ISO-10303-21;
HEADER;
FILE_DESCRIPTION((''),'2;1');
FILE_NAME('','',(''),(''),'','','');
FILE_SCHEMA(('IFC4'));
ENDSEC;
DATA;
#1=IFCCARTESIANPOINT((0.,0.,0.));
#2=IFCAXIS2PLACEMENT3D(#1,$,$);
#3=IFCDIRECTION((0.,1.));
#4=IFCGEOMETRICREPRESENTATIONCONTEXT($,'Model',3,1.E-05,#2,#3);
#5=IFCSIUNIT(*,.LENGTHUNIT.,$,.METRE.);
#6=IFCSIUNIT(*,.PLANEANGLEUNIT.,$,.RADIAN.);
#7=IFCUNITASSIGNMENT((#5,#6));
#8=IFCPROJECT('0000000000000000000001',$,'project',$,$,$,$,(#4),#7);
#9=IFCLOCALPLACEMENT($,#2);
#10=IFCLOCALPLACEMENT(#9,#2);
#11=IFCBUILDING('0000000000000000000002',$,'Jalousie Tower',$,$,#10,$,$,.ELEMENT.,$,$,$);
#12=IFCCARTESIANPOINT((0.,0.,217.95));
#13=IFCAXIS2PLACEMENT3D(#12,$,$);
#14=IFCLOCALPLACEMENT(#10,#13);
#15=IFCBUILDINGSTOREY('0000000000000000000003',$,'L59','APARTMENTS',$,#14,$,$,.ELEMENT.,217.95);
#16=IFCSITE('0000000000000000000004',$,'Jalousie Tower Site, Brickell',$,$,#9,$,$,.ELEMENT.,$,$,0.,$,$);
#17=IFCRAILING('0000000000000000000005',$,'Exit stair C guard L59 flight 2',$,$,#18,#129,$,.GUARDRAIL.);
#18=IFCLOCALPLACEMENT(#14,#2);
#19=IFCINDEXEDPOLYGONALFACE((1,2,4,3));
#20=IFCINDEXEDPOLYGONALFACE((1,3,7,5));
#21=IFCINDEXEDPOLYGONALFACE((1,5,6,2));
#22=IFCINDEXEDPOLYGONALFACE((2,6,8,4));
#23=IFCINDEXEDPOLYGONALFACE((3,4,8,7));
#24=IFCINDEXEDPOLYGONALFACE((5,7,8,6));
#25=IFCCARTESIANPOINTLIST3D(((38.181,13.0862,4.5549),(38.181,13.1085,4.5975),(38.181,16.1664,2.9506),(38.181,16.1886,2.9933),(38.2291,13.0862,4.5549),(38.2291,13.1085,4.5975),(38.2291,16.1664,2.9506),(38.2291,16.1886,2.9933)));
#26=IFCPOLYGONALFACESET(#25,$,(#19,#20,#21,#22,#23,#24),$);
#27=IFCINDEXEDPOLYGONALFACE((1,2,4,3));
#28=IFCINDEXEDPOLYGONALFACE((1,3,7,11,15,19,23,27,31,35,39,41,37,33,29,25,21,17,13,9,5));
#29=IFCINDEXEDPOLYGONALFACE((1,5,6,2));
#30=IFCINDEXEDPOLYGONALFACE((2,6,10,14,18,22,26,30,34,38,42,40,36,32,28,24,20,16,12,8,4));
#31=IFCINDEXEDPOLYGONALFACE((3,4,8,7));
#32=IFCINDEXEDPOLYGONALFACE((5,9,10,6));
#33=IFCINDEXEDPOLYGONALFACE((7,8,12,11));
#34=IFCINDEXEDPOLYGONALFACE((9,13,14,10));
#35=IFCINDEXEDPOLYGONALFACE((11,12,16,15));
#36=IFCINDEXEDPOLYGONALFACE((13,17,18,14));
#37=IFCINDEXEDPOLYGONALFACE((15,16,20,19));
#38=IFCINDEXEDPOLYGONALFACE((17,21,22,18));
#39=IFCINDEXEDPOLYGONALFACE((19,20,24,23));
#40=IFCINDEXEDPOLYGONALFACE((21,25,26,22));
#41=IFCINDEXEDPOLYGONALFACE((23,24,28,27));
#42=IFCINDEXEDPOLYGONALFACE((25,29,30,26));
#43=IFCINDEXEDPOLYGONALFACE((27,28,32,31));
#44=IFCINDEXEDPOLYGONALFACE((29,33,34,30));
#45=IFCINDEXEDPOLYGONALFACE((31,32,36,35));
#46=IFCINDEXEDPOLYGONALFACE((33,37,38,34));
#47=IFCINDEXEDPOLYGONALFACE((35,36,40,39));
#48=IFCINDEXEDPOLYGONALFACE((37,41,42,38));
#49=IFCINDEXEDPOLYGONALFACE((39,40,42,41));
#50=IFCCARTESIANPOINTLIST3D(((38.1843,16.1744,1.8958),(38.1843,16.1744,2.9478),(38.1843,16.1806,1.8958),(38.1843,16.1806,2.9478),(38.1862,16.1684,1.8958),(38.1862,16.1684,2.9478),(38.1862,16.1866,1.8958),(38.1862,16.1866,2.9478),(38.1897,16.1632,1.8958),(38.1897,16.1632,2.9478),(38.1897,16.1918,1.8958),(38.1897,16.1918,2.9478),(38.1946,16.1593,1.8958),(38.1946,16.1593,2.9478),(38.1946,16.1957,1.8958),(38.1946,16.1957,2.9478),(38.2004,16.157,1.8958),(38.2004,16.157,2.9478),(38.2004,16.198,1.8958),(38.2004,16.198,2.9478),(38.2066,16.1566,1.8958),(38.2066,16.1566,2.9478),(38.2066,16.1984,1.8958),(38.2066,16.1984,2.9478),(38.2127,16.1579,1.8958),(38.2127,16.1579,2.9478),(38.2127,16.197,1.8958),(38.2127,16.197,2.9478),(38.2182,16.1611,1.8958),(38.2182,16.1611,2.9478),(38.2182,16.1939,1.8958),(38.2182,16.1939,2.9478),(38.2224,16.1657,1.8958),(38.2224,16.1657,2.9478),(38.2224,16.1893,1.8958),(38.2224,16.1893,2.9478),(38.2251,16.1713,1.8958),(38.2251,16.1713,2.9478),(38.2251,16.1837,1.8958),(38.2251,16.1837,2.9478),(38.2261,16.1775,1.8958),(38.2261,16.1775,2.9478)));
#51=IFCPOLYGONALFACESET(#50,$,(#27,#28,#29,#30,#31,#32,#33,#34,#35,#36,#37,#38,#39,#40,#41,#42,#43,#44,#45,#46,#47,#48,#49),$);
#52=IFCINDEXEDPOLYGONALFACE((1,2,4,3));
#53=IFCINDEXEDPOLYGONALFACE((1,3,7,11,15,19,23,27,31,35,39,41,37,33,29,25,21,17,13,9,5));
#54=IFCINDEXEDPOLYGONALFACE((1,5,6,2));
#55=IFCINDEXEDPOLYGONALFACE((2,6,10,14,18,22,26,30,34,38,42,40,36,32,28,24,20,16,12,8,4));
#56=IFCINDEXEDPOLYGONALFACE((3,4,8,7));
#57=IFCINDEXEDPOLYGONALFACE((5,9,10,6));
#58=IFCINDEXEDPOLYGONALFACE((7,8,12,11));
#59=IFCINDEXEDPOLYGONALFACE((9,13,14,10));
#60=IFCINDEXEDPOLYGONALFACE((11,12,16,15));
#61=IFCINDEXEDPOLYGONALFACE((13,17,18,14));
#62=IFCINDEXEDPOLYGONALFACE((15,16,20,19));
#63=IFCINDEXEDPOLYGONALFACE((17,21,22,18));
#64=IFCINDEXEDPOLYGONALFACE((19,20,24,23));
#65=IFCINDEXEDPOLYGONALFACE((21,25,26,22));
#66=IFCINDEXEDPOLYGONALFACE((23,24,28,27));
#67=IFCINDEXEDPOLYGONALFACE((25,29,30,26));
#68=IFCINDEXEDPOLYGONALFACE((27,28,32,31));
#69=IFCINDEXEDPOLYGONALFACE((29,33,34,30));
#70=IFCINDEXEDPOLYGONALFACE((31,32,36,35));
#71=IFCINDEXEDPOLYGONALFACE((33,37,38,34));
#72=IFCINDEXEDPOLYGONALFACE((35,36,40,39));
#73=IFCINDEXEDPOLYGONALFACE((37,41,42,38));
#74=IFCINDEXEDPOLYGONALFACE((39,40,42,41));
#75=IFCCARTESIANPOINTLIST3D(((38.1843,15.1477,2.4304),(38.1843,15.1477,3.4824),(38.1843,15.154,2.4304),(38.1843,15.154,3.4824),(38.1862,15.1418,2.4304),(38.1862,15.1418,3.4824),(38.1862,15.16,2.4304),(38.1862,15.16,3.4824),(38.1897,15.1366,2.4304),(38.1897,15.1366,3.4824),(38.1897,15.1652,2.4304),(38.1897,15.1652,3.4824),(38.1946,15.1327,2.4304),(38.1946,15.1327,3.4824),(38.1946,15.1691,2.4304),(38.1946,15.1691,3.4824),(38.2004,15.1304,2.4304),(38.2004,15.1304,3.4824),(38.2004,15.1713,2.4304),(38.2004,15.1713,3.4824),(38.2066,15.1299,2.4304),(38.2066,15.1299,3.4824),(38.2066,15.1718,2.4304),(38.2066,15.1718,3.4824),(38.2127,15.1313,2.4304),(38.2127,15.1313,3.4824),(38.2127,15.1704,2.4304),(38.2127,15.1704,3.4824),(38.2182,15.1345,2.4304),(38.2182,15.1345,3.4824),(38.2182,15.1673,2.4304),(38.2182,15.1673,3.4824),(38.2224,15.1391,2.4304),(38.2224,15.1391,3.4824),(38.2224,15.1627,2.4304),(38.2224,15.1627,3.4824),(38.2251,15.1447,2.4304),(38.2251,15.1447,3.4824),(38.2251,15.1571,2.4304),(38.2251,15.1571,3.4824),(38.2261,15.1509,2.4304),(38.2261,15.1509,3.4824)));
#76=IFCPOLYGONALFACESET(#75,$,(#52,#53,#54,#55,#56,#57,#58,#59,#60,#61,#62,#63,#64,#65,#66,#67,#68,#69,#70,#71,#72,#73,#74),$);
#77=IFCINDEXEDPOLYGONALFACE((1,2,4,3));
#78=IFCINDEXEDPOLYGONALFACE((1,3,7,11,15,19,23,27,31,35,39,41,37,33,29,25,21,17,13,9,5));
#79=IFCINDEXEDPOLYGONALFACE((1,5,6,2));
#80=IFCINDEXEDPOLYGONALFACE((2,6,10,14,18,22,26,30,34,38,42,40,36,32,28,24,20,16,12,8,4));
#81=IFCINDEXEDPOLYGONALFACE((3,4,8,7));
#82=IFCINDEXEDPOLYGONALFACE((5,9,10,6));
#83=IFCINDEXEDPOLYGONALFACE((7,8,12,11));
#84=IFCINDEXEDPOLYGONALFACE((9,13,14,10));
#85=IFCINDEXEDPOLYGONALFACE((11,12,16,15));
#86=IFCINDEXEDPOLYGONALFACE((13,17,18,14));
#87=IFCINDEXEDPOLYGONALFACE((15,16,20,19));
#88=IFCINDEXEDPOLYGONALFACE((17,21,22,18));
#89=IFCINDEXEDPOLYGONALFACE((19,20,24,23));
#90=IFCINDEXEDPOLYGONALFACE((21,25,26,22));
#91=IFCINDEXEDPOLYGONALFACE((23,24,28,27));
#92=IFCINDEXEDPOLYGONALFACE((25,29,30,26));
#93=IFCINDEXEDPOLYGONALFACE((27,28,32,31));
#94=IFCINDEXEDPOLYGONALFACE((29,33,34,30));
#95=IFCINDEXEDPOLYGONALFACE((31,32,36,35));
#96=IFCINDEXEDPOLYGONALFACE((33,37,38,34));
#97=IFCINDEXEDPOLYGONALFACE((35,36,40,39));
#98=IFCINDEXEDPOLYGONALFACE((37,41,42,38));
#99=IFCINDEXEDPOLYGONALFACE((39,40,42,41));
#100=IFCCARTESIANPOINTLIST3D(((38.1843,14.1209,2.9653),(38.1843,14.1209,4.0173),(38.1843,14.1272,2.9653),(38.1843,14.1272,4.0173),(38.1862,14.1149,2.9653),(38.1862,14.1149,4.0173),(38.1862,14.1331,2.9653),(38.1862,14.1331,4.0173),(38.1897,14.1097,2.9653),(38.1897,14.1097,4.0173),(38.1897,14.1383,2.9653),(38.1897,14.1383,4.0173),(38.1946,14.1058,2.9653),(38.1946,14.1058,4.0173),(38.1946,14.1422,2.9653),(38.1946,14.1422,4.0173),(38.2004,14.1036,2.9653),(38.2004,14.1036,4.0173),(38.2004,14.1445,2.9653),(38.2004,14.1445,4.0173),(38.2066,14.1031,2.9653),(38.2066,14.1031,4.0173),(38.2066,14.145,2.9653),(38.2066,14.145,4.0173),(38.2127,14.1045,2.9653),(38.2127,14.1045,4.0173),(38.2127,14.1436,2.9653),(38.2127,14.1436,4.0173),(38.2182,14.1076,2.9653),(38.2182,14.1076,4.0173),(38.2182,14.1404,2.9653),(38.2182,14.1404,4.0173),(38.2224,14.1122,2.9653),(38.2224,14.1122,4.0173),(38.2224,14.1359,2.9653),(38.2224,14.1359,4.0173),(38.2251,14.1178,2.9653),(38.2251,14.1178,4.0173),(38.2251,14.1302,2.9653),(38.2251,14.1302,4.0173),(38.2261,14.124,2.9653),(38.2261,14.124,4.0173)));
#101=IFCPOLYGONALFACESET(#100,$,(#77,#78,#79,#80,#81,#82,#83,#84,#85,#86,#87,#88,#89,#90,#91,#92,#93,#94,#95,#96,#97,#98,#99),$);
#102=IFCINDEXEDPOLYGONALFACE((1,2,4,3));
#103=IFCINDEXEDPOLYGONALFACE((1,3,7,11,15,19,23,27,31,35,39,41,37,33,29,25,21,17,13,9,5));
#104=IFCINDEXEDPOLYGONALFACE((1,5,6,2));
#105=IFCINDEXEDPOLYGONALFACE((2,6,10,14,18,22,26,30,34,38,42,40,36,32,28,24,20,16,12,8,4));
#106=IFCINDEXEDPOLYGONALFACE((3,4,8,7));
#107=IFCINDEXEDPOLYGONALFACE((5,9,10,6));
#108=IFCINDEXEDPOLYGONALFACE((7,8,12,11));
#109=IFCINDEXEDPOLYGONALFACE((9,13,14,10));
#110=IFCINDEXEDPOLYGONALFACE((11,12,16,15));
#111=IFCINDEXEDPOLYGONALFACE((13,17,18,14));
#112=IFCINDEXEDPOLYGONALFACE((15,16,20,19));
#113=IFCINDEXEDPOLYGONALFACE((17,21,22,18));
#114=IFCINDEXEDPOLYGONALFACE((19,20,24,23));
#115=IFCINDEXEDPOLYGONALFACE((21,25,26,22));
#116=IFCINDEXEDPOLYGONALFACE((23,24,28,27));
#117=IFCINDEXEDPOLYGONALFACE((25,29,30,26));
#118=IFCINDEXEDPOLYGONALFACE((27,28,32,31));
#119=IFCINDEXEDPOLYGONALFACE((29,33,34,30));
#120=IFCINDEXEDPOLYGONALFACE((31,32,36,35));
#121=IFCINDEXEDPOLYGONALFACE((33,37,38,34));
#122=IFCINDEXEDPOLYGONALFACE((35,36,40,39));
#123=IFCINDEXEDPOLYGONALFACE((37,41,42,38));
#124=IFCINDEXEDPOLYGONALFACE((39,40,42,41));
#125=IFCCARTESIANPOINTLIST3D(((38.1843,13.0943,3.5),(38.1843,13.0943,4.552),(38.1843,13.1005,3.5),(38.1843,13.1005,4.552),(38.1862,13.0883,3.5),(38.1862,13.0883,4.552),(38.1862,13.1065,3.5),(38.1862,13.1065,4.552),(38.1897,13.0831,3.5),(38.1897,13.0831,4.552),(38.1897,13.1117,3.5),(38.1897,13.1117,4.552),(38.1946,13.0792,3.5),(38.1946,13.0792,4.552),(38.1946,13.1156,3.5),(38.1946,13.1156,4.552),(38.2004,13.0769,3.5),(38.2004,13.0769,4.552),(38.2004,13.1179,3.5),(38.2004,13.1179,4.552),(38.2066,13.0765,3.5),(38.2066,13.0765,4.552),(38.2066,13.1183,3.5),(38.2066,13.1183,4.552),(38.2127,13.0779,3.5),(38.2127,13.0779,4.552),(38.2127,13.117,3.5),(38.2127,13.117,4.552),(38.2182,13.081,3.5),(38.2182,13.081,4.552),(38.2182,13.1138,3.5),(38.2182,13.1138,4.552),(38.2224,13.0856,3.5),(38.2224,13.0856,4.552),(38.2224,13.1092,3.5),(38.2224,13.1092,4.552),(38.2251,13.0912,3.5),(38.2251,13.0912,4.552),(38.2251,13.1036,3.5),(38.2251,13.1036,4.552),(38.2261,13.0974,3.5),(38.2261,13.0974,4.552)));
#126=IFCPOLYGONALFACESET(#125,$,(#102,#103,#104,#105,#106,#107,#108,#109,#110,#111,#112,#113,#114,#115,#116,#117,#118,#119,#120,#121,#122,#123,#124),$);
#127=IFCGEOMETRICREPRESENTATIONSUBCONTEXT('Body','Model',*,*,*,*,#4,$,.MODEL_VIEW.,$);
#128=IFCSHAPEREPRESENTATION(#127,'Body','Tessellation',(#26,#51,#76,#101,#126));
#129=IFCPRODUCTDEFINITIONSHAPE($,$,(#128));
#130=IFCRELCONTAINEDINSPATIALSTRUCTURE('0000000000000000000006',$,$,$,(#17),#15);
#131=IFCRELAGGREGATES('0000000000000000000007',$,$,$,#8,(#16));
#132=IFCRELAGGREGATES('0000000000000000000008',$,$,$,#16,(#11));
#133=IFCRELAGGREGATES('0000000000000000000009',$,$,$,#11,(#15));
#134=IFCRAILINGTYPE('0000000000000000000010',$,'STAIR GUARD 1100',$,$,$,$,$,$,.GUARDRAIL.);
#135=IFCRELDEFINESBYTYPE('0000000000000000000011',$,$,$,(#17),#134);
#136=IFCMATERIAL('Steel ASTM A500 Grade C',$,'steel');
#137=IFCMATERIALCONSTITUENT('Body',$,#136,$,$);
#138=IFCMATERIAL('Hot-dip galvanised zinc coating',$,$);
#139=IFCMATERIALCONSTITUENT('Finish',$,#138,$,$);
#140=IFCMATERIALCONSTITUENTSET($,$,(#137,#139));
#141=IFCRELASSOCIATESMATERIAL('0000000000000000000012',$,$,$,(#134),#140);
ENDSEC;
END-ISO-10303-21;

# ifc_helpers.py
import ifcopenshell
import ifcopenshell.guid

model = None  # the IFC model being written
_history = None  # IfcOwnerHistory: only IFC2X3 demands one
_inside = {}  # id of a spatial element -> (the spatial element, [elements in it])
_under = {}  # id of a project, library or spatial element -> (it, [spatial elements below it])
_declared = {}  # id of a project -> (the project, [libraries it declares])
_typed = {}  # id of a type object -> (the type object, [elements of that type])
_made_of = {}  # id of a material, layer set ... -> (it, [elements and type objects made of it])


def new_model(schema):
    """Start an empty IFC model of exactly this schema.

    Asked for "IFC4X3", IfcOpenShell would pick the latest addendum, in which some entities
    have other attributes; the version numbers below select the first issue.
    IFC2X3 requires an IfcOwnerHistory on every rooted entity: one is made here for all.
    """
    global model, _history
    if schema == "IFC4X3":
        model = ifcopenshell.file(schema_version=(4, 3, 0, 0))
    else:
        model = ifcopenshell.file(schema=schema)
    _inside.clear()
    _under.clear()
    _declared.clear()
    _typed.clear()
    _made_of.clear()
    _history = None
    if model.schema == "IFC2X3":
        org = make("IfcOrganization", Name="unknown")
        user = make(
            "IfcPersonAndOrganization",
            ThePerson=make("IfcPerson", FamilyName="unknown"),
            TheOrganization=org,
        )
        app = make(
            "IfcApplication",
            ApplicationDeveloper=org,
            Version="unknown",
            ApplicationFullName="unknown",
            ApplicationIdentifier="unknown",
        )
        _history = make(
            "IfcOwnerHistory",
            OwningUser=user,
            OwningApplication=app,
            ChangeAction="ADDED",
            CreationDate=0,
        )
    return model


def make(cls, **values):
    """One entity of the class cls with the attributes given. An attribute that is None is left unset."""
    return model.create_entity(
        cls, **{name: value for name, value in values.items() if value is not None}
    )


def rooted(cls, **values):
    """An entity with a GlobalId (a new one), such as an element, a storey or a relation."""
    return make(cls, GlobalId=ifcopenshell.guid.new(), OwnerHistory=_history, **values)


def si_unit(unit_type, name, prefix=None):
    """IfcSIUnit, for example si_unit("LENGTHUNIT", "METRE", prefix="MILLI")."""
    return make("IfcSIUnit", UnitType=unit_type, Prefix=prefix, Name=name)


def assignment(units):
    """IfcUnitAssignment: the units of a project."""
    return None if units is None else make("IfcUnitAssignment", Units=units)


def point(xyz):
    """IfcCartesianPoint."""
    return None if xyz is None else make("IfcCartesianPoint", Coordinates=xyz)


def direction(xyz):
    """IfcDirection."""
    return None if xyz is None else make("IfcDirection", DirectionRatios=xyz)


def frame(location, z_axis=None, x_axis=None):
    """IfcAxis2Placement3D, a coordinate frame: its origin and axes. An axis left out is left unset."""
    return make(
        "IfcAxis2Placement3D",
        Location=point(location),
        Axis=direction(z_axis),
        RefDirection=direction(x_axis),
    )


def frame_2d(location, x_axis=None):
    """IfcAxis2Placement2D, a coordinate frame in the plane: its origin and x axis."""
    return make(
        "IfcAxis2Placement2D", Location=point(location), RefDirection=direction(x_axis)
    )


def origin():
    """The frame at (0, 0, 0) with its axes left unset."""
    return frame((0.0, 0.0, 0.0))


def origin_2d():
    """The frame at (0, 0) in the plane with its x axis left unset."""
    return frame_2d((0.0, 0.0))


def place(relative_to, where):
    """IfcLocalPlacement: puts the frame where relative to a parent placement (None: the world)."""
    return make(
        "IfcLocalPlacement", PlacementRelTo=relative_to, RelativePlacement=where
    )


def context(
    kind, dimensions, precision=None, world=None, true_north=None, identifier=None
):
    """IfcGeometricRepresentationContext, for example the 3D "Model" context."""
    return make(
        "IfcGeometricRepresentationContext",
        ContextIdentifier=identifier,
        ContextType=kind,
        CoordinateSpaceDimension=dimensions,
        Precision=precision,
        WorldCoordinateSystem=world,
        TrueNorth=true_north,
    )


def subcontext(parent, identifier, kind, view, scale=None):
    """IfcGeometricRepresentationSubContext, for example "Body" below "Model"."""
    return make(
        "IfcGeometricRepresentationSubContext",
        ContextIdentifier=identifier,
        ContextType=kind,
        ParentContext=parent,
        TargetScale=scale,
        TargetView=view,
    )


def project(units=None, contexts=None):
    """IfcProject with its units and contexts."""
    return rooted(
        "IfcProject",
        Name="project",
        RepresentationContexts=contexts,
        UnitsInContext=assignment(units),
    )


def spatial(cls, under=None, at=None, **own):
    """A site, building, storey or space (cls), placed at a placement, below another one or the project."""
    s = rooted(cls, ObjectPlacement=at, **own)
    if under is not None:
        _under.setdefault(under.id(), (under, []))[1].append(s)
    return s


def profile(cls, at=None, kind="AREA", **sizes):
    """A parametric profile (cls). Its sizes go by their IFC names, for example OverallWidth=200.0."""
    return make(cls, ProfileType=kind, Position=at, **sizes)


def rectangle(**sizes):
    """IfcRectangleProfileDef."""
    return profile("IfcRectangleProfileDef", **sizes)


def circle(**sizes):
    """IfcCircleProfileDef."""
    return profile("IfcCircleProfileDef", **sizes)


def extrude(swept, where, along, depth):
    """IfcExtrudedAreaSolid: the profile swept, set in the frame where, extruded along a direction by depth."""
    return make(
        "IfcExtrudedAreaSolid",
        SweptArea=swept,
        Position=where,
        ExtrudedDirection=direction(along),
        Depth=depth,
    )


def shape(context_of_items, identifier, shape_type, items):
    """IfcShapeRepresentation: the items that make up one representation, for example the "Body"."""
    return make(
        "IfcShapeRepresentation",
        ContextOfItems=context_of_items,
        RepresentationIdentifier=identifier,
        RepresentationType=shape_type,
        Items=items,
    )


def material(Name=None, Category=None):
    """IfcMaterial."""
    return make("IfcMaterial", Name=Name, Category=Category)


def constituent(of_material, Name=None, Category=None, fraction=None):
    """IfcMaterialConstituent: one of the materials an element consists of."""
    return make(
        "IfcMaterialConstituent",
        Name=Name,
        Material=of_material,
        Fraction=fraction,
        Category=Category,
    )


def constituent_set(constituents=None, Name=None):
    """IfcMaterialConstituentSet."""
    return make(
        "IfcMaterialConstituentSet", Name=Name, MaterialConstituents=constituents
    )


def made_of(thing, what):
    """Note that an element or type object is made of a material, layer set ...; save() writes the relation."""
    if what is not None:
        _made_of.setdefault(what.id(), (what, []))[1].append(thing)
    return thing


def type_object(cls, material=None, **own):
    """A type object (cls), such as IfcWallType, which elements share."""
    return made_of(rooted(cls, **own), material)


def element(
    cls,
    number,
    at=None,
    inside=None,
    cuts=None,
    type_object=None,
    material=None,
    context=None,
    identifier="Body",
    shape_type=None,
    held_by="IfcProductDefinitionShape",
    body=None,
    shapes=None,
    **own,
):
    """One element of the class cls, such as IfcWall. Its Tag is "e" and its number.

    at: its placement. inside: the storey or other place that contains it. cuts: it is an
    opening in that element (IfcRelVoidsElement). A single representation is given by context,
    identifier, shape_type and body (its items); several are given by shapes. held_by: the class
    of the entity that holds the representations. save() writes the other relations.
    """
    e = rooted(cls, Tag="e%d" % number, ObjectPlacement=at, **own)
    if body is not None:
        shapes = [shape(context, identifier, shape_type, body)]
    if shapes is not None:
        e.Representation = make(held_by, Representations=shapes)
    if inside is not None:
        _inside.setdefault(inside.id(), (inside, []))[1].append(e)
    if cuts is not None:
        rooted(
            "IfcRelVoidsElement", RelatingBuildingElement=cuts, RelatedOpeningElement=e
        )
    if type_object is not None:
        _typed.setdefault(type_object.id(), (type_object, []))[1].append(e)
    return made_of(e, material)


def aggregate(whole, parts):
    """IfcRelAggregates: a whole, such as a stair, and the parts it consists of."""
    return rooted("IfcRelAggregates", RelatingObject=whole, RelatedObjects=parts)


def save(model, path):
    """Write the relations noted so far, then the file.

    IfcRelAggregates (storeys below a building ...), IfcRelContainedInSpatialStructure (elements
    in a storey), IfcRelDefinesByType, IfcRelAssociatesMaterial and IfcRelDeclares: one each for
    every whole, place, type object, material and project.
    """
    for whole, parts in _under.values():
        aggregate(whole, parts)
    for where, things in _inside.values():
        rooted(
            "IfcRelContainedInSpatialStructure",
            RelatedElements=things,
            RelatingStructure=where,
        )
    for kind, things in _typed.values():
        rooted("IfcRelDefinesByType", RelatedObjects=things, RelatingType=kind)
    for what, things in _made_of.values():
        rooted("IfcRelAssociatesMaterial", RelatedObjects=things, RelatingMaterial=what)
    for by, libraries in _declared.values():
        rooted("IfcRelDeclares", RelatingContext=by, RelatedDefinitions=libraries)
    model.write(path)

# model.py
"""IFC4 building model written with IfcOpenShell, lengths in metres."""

from ifc_helpers import new_model, si_unit, direction, frame, origin, origin_2d, place, context, subcontext, project, spatial, rectangle, circle, extrude, material, constituent, constituent_set, type_object, element, save


model = new_model("IFC4")

# Units and contexts
model_context = context("Model", 3, precision=1e-05, world=origin(), true_north=direction((0.0, 1.0)))
body_context = subcontext(model_context, "Body", "Model", "MODEL_VIEW")
ifc_project = project(units=[si_unit("LENGTHUNIT", "METRE"), si_unit("PLANEANGLEUNIT", "RADIAN")], contexts=[model_context])

# Site, building, storey
site_placement = place(None, origin())
site = spatial("IfcSite", under=ifc_project, at=site_placement, Name="Jalousie Tower Site, Brickell", CompositionType="ELEMENT", RefElevation=0.0)
building_placement = place(site_placement, origin())
building = spatial("IfcBuilding", under=site, at=building_placement, Name="Jalousie Tower", CompositionType="ELEMENT")
storey_placement = place(building_placement, frame((0.0, 0.0, 217.95)))
storey = spatial("IfcBuildingStorey", under=building, at=storey_placement, Name="L59", Description="APARTMENTS", CompositionType="ELEMENT", Elevation=217.95)

# Railing
ifc_material_1 = material(Name="Steel ASTM A500 Grade C", Category="steel")
ifc_constituent_1 = constituent(ifc_material_1, Name="Body")
ifc_material_2 = material(Name="Hot-dip galvanised zinc coating")
ifc_constituent_2 = constituent(ifc_material_2, Name="Finish")
ifc_constituent_set_1 = constituent_set(constituents=[ifc_constituent_1, ifc_constituent_2])
railing_type_1 = type_object("IfcRailingType", Name="STAIR GUARD 1100", PredefinedType="GUARDRAIL", material=ifc_constituent_set_1)
railing_1_placement = place(storey_placement, frame((38.2051, 16.1775, 1.8958)))
element("IfcRailing", 1, at=railing_1_placement, inside=storey, type_object=railing_type_1, Name="Exit stair C guard L59 flight 2", PredefinedType="GUARDRAIL", context=body_context, shape_type="SweptSolid", body=[
    extrude(rectangle(XDim=0.0481, YDim=0.0481, at=origin_2d()), frame((0.0, 0.0, 1.0762), z_axis=(0.0, -0.886909, 0.461944), x_axis=(1.0, 0.0, 0.0)), (0.0, 0.0, 1.0), 3.4729),
    extrude(circle(Radius=0.021, at=origin_2d()), origin(), (0.0, 0.0, 1.0), 1.052),
    extrude(circle(Radius=0.021, at=origin_2d()), frame((0.0, -1.0266, 0.5347)), (0.0, 0.0, 1.0), 1.052),
    extrude(circle(Radius=0.021, at=origin_2d()), frame((0.0, -2.0535, 1.0696)), (0.0, 0.0, 1.0), 1.052),
    extrude(circle(Radius=0.021, at=origin_2d()), frame((0.0, -3.0801, 1.6042)), (0.0, 0.0, 1.0), 1.052),
])

save(model, "model.ifc")
